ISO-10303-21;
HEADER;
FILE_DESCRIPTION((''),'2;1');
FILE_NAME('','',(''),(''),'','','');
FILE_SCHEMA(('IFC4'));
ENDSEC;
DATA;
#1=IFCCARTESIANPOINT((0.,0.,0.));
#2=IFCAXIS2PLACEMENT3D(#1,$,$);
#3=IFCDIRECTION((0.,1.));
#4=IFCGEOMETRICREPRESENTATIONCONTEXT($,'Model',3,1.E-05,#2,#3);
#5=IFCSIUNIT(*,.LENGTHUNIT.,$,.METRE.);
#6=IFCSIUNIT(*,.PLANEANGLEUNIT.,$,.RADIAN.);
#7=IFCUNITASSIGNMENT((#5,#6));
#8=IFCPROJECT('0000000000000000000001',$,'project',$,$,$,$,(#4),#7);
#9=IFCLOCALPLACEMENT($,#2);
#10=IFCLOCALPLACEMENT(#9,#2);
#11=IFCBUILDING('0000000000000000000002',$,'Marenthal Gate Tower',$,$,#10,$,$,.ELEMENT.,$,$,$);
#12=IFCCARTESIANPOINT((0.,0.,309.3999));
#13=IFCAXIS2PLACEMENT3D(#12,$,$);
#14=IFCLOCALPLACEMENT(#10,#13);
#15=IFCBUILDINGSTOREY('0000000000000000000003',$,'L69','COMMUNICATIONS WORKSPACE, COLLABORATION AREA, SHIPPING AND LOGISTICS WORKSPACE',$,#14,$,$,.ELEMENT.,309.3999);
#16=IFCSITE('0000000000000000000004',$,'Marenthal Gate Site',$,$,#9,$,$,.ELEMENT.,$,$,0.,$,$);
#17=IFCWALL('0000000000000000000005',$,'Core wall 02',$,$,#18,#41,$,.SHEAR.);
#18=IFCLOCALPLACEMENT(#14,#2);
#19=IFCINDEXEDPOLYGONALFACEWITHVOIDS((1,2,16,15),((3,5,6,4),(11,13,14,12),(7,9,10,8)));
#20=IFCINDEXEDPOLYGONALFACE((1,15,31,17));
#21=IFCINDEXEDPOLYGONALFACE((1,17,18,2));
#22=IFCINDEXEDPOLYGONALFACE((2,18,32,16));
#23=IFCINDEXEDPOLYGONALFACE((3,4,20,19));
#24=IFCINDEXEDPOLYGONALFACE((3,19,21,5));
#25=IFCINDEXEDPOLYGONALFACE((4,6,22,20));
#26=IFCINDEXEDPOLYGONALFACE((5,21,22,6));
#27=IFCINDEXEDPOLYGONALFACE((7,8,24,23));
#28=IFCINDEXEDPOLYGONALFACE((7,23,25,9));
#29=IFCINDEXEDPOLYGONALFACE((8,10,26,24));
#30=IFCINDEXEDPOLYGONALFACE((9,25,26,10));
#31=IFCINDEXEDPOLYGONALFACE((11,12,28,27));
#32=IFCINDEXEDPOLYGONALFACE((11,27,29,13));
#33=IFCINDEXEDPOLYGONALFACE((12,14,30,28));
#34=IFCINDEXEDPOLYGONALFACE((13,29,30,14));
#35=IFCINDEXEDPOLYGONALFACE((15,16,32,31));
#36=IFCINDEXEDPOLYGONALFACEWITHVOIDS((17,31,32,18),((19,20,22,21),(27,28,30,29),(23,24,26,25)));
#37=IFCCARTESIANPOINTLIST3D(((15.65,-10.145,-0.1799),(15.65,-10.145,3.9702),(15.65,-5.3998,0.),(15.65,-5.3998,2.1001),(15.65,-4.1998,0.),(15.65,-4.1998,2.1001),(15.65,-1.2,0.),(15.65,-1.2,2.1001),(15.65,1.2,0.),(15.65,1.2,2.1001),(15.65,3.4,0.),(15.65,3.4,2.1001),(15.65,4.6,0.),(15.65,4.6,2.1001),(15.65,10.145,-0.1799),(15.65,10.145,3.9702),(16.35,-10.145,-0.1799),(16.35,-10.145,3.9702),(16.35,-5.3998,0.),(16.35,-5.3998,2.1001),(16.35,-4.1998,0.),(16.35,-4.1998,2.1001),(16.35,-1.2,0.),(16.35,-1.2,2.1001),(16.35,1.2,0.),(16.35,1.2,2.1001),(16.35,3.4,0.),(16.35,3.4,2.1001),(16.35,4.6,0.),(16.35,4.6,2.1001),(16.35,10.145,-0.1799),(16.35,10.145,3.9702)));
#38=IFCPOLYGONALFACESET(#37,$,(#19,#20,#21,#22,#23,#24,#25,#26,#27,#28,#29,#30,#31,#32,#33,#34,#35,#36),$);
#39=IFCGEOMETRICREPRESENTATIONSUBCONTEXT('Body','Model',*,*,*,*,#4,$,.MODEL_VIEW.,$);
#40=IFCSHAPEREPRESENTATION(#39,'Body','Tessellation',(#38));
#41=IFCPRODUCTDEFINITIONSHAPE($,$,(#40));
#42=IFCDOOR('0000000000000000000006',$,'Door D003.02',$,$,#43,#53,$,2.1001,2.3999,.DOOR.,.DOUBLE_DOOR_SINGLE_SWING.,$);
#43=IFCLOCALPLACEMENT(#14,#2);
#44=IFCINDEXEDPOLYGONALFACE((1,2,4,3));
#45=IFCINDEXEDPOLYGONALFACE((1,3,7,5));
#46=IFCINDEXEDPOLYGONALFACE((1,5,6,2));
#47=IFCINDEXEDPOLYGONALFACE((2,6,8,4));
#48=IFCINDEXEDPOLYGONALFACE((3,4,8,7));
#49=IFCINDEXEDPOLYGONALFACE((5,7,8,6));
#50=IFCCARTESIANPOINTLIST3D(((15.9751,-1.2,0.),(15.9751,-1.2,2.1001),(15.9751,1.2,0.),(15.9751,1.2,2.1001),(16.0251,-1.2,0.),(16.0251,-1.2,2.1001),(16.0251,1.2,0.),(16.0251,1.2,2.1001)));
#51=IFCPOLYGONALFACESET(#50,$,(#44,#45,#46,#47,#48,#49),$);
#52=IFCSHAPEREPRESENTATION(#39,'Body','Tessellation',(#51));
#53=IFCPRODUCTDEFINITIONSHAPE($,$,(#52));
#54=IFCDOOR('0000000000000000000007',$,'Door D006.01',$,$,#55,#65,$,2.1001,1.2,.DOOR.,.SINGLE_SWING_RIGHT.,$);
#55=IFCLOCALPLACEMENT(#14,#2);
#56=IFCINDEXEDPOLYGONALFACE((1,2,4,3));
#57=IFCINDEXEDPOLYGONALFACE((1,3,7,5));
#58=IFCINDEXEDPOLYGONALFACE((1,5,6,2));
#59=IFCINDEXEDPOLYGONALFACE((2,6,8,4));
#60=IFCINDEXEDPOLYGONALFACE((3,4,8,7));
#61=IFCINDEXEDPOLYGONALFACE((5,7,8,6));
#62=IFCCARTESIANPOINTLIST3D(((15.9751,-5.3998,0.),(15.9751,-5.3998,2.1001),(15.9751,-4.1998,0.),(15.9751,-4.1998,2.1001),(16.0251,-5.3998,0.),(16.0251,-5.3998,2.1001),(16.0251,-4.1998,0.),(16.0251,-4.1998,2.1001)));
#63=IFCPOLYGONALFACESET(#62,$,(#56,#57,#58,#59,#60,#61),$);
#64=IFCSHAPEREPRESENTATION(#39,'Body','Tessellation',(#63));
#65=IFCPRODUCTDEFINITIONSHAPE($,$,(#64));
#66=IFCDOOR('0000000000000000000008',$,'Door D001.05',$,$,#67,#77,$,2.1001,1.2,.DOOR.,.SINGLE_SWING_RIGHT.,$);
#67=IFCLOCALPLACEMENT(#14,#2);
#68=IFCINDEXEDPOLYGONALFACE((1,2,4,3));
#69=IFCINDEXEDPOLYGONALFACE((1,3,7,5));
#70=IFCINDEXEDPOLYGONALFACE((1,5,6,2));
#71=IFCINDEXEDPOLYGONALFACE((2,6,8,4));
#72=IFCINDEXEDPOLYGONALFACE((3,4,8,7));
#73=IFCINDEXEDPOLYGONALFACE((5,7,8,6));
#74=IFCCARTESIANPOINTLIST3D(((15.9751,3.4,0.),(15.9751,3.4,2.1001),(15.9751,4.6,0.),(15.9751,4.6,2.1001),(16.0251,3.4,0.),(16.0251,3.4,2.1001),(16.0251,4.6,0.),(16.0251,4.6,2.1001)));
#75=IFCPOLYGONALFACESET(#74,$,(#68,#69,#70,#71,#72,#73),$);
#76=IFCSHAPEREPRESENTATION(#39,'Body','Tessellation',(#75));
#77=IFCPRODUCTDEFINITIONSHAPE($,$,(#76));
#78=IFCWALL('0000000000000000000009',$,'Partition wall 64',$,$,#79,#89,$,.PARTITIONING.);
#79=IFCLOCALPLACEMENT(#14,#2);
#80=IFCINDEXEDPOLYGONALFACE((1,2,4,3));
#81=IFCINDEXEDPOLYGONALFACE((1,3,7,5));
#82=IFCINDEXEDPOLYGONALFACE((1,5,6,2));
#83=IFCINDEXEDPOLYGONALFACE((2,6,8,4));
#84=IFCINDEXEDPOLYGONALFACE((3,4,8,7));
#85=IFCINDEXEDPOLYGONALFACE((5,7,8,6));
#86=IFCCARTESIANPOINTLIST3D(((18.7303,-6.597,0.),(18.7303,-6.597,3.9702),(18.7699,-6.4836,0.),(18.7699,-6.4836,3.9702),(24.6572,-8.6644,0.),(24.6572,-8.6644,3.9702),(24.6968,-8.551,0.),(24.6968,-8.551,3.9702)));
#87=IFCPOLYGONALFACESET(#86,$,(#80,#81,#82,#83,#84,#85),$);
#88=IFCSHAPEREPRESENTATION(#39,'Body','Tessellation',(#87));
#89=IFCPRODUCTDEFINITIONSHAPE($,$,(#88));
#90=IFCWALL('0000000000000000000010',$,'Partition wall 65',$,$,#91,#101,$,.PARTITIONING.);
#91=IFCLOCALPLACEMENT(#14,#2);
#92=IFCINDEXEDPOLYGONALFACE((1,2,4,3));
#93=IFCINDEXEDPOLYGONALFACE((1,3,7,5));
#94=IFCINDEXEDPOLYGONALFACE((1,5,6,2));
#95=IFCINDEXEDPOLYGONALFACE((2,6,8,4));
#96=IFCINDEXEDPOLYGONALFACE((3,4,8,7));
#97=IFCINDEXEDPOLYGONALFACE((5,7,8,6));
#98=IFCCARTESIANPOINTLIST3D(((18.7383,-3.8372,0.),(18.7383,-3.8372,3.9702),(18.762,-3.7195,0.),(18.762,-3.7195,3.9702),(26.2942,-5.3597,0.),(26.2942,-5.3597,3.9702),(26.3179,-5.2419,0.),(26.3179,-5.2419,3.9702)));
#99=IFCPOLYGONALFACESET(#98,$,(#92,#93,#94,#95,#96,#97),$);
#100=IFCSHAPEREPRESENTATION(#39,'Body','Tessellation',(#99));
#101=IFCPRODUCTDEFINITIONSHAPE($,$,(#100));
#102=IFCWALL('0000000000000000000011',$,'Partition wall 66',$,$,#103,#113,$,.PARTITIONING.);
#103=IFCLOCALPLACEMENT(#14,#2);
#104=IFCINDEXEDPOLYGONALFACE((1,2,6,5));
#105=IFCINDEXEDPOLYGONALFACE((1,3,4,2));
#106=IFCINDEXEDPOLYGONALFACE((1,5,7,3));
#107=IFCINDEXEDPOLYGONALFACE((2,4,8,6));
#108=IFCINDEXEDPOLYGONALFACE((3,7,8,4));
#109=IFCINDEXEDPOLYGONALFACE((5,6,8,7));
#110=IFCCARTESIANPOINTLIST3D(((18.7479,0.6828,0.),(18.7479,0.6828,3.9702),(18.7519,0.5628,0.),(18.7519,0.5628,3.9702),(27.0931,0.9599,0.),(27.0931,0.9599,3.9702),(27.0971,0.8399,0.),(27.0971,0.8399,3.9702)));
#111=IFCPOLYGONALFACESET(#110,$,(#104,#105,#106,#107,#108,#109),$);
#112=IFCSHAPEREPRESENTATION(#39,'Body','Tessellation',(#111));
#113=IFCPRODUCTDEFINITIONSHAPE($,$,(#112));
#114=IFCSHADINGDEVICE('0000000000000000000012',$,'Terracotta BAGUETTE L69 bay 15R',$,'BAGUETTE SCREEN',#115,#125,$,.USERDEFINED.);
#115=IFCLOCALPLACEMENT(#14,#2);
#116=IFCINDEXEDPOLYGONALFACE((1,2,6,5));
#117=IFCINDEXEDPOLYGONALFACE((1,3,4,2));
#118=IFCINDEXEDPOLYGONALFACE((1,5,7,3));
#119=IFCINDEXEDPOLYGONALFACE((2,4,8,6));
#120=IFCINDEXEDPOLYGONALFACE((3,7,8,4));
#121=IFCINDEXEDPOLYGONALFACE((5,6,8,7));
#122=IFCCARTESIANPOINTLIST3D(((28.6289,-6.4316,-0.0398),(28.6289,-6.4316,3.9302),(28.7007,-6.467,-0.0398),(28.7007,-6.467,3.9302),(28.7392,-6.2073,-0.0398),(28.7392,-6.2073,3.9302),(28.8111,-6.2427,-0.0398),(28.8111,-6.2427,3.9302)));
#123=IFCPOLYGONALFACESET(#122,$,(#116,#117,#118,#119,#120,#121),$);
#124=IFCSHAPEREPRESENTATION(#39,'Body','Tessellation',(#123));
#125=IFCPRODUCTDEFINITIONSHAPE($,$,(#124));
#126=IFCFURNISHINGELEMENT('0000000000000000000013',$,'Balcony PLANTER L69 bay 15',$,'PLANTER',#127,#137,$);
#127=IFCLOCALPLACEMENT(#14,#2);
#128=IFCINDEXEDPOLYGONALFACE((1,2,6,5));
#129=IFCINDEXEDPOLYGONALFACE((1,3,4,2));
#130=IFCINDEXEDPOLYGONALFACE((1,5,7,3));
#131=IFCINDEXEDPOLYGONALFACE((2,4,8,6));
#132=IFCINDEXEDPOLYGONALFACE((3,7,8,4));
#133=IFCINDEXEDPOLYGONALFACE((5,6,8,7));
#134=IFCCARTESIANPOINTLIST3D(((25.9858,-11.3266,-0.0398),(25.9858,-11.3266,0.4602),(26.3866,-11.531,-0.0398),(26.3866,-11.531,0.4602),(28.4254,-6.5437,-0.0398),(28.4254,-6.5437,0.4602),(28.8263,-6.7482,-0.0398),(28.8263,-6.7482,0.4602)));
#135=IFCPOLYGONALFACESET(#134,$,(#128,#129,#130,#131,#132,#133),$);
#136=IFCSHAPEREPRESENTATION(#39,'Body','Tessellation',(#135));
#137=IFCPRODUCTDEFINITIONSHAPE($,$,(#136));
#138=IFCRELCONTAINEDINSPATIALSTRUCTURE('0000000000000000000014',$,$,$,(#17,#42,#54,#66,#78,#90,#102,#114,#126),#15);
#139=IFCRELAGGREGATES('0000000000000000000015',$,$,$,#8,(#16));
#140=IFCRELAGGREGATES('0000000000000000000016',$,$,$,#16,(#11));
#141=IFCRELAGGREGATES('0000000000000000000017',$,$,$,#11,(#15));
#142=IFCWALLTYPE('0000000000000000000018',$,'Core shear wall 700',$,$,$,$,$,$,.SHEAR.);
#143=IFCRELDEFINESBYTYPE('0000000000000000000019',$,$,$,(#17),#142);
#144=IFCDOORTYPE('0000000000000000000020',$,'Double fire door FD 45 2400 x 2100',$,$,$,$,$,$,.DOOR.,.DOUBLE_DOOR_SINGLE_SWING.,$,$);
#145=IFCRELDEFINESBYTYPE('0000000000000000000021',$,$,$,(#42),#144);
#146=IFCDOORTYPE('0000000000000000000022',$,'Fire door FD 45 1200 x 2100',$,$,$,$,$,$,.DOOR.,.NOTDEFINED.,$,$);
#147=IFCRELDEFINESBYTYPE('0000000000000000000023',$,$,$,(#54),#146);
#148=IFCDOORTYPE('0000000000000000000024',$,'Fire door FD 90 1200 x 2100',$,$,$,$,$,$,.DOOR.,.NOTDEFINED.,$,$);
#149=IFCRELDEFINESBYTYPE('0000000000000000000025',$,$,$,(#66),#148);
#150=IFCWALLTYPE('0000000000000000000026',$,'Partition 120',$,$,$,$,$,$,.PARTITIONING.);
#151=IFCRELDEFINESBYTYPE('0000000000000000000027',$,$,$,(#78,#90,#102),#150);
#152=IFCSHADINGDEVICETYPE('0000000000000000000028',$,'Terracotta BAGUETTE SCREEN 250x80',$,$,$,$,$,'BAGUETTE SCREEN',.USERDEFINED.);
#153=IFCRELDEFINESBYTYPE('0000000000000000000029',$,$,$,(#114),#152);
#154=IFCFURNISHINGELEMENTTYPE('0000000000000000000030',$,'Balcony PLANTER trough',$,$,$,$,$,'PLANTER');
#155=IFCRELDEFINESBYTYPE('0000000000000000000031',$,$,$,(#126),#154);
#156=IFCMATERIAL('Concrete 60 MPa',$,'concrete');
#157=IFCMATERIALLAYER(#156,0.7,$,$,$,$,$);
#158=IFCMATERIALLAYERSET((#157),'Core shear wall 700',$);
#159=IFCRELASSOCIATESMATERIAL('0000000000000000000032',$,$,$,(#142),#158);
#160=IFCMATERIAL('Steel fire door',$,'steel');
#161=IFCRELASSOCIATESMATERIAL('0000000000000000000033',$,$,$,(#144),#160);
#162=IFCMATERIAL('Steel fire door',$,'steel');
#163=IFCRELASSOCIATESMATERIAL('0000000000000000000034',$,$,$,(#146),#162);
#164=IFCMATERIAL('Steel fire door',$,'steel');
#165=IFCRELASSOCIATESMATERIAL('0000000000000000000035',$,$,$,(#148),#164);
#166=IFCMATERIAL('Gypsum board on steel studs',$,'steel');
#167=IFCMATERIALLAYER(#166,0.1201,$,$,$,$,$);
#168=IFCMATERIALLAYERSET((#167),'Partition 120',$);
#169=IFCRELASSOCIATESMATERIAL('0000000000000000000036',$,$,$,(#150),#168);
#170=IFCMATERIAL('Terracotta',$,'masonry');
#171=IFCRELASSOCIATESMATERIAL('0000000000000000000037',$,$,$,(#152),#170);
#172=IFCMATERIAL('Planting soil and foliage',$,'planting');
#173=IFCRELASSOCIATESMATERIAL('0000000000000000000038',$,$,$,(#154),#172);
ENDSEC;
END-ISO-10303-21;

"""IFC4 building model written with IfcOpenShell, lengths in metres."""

from ifc_helpers import new_model, si_unit, direction, frame, frame_2d, origin, origin_2d, place, context, subcontext, project, spatial, rectangle, extrude, material, layer, layer_set, material_profile, profile_set, type_object, element, fill, save


model = new_model("IFC4")

# Units and contexts
model_context = context("Model", 3, precision=1e-05, world=origin(), true_north=direction((0.0, 1.0)))
body_context = subcontext(model_context, "Body", "Model", "MODEL_VIEW")
ifc_project = project(units=[si_unit("LENGTHUNIT", "METRE"), si_unit("PLANEANGLEUNIT", "RADIAN")], contexts=[model_context])

# Site, building, storey
site_placement = place(None, origin())
site = spatial("IfcSite", under=ifc_project, at=site_placement, Name="Marenthal Gate Site", CompositionType="ELEMENT", RefElevation=0.0)
building_placement = place(site_placement, origin())
building = spatial("IfcBuilding", under=site, at=building_placement, Name="Marenthal Gate Tower", CompositionType="ELEMENT")
storey_placement = place(building_placement, frame((0.0, 0.0, 309.3999)))
storey = spatial("IfcBuildingStorey", under=building, at=storey_placement, Name="L69", Description="COMMUNICATIONS WORKSPACE, COLLABORATION AREA, SHIPPING AND LOGISTICS WORKSPACE", CompositionType="ELEMENT", Elevation=309.3999)

# Wall, openings, doors
ifc_material_1 = material(Name="Concrete 60 MPa", Category="concrete")
ifc_layer_1 = layer(ifc_material_1, 0.7)
ifc_layer_set_1 = layer_set([ifc_layer_1], Name="Core shear wall 700")
wall_type_1 = type_object("IfcWallType", Name="Core shear wall 700", PredefinedType="SHEAR", material=ifc_layer_set_1)
wall_1_placement = place(storey_placement, frame((16.0, -10.145, -0.1799), z_axis=(0.0, 0.0, 1.0), x_axis=(0.0, 1.0, 0.0)))
wall_1 = element("IfcWall", 1, at=wall_1_placement, inside=storey, type_object=wall_type_1, Name="Core wall 02", PredefinedType="SHEAR", context=body_context, shape_type="SweptSolid", body=[
    extrude(rectangle(XDim=20.29, YDim=0.7, at=frame_2d((10.145, 0.0))), origin(), (0.0, 0.0, 1.0), 4.1501),
])
opening_1_placement = place(wall_1_placement, frame((8.9451, 0.0, 0.1799)))
opening_1 = element("IfcOpeningElement", 2, at=opening_1_placement, cuts=wall_1, PredefinedType="OPENING", context=body_context, shape_type="SweptSolid", body=[
    extrude(rectangle(XDim=2.3999, YDim=2.1001, at=frame_2d((1.2, 1.05))), frame((0.0, 0.3599, 0.0), z_axis=(0.0, -1.0, 0.0), x_axis=(1.0, 0.0, 0.0)), (0.0, 0.0, 1.0), 0.72),
])
opening_2_placement = place(wall_1_placement, frame((13.5449, 0.0, 0.1799)))
opening_2 = element("IfcOpeningElement", 3, at=opening_2_placement, cuts=wall_1, PredefinedType="OPENING", context=body_context, shape_type="SweptSolid", body=[
    extrude(rectangle(XDim=1.2, YDim=2.1001, at=frame_2d((0.6001, 1.05))), frame((0.0, 0.3599, 0.0), z_axis=(0.0, -1.0, 0.0), x_axis=(1.0, 0.0, 0.0)), (0.0, 0.0, 1.0), 0.72),
])
opening_3_placement = place(wall_1_placement, frame((4.7451, 0.0, 0.1799)))
opening_3 = element("IfcOpeningElement", 4, at=opening_3_placement, cuts=wall_1, PredefinedType="OPENING", context=body_context, shape_type="SweptSolid", body=[
    extrude(rectangle(XDim=1.2, YDim=2.1001, at=frame_2d((0.6001, 1.05))), frame((0.0, 0.3599, 0.0), z_axis=(0.0, -1.0, 0.0), x_axis=(1.0, 0.0, 0.0)), (0.0, 0.0, 1.0), 0.72),
])
ifc_material_2 = material(Name="Steel fire door", Category="steel")
door_type_1 = type_object("IfcDoorType", Name="Double fire door FD 45 2400 x 2100", OperationType="DOUBLE_DOOR_SINGLE_SWING", PredefinedType="DOOR", material=ifc_material_2)
door_1_placement = place(opening_1_placement, origin())
door_1 = element("IfcDoor", 5, at=door_1_placement, inside=storey, type_object=door_type_1, Name="Door D003.02", OperationType="DOUBLE_DOOR_SINGLE_SWING", OverallHeight=2.1001, OverallWidth=2.3999, PredefinedType="DOOR", context=body_context, shape_type="SweptSolid", body=[
    extrude(rectangle(XDim=2.3999, YDim=2.1001, at=frame_2d((1.2, 1.05))), frame((0.0, 0.0249, 0.0), z_axis=(0.0, -1.0, 0.0), x_axis=(1.0, 0.0, 0.0)), (0.0, 0.0, 1.0), 0.05),
])
fill(opening_1, door_1)
ifc_material_3 = material(Name="Steel fire door", Category="steel")
door_type_2 = type_object("IfcDoorType", Name="Fire door FD 45 1200 x 2100", OperationType="NOTDEFINED", PredefinedType="DOOR", material=ifc_material_3)
door_2_placement = place(opening_3_placement, origin())
door_2 = element("IfcDoor", 6, at=door_2_placement, inside=storey, type_object=door_type_2, Name="Door D006.01", OperationType="SINGLE_SWING_RIGHT", OverallHeight=2.1001, OverallWidth=1.2, PredefinedType="DOOR", context=body_context, shape_type="SweptSolid", body=[
    extrude(rectangle(XDim=1.2, YDim=2.1001, at=frame_2d((0.6001, 1.05))), frame((0.0, 0.0249, 0.0), z_axis=(0.0, -1.0, 0.0), x_axis=(1.0, 0.0, 0.0)), (0.0, 0.0, 1.0), 0.05),
])
fill(opening_3, door_2)
ifc_material_4 = material(Name="Steel fire door", Category="steel")
door_type_3 = type_object("IfcDoorType", Name="Fire door FD 90 1200 x 2100", OperationType="NOTDEFINED", PredefinedType="DOOR", material=ifc_material_4)
door_3_placement = place(opening_2_placement, origin())
door_3 = element("IfcDoor", 7, at=door_3_placement, inside=storey, type_object=door_type_3, Name="Door D001.05", OperationType="SINGLE_SWING_RIGHT", OverallHeight=2.1001, OverallWidth=1.2, PredefinedType="DOOR", context=body_context, shape_type="SweptSolid", body=[
    extrude(rectangle(XDim=1.2, YDim=2.1001, at=frame_2d((0.6001, 1.05))), frame((0.0, 0.0249, 0.0), z_axis=(0.0, -1.0, 0.0), x_axis=(1.0, 0.0, 0.0)), (0.0, 0.0, 1.0), 0.05),
])
fill(opening_2, door_3)

# Walls
ifc_material_5 = material(Name="Gypsum board on steel studs", Category="steel")
ifc_layer_2 = layer(ifc_material_5, 0.1201)
ifc_layer_set_2 = layer_set([ifc_layer_2], Name="Partition 120")
wall_type_2 = type_object("IfcWallType", Name="Partition 120", PredefinedType="PARTITIONING", material=ifc_layer_set_2)
wall_2_placement = place(storey_placement, frame((18.75, -6.5403, 0.0), z_axis=(0.0, 0.0, 1.0), x_axis=(0.944209, -0.329347, 0.0)))
element("IfcWall", 8, at=wall_2_placement, inside=storey, type_object=wall_type_2, Name="Partition wall 64", PredefinedType="PARTITIONING", context=body_context, shape_type="SweptSolid", body=[
    extrude(rectangle(XDim=6.2771, YDim=0.1201, at=frame_2d((3.1387, 0.0))), origin(), (0.0, 0.0, 1.0), 3.9702),
])
wall_3_placement = place(storey_placement, frame((18.75, -3.7783, 0.0), z_axis=(0.0, 0.0, 1.0), x_axis=(0.980298, -0.197523, 0.0)))
element("IfcWall", 9, at=wall_3_placement, inside=storey, type_object=wall_type_2, Name="Partition wall 65", PredefinedType="PARTITIONING", context=body_context, shape_type="SweptSolid", body=[
    extrude(rectangle(XDim=7.7078, YDim=0.1201, at=frame_2d((3.854, 0.0))), origin(), (0.0, 0.0, 1.0), 3.9702),
])
wall_4_placement = place(storey_placement, frame((18.75, 0.6228, 0.0), z_axis=(0.0, 0.0, 1.0), x_axis=(0.999449, 0.033186, 0.0)))
element("IfcWall", 10, at=wall_4_placement, inside=storey, type_object=wall_type_2, Name="Partition wall 66", PredefinedType="PARTITIONING", context=body_context, shape_type="SweptSolid", body=[
    extrude(rectangle(XDim=8.3499, YDim=0.1201, at=frame_2d((4.1748, 0.0))), origin(), (0.0, 0.0, 1.0), 3.9702),
])

# Shading device
ifc_material_6 = material(Name="Terracotta", Category="masonry")
ifc_material_profile_1 = material_profile(ifc_material_6, rectangle(XDim=0.25, YDim=0.0801, at=origin_2d()), Name="Terracotta baguette 250x80")
ifc_profile_set_1 = profile_set([ifc_material_profile_1], Name="Terracotta")
shading_device_type = type_object("IfcShadingDeviceType", Name="Terracotta BAGUETTE SCREEN 250x80", ElementType="BAGUETTE SCREEN", PredefinedType="USERDEFINED", material=ifc_profile_set_1)
shading_device_placement = place(storey_placement, frame((28.72, -6.3372, -0.0398), z_axis=(0.0, 0.0, 1.0), x_axis=(0.441518, 0.897253, 0.0)))
element("IfcShadingDevice", 11, at=shading_device_placement, inside=storey, type_object=shading_device_type, Name="Terracotta BAGUETTE L69 bay 15R", ObjectType="BAGUETTE SCREEN", PredefinedType="USERDEFINED", context=body_context, shape_type="SweptSolid", body=[
    extrude(rectangle(XDim=0.25, YDim=0.0801, at=origin_2d()), origin(), (0.0, 0.0, 1.0), 3.97),
])

# Furnishing element
ifc_material_7 = material(Name="Planting soil and foliage", Category="planting")
furnishing_element_type = type_object("IfcFurnishingElementType", Name="Balcony PLANTER trough", ElementType="PLANTER", material=ifc_material_7)
furnishing_placement = place(storey_placement, frame((27.406, -9.0374, -0.0398), z_axis=(0.0, 0.0, 1.0), x_axis=(0.454389, 0.890803, 0.0)))
element("IfcFurnishingElement", 12, at=furnishing_placement, inside=storey, type_object=furnishing_element_type, Name="Balcony PLANTER L69 bay 15", ObjectType="PLANTER", context=body_context, shape_type="SweptSolid", body=[
    extrude(rectangle(XDim=5.3691, YDim=0.45, at=origin_2d()), origin(), (0.0, 0.0, 1.0), 0.5),
])

save(model, "model.ifc")
